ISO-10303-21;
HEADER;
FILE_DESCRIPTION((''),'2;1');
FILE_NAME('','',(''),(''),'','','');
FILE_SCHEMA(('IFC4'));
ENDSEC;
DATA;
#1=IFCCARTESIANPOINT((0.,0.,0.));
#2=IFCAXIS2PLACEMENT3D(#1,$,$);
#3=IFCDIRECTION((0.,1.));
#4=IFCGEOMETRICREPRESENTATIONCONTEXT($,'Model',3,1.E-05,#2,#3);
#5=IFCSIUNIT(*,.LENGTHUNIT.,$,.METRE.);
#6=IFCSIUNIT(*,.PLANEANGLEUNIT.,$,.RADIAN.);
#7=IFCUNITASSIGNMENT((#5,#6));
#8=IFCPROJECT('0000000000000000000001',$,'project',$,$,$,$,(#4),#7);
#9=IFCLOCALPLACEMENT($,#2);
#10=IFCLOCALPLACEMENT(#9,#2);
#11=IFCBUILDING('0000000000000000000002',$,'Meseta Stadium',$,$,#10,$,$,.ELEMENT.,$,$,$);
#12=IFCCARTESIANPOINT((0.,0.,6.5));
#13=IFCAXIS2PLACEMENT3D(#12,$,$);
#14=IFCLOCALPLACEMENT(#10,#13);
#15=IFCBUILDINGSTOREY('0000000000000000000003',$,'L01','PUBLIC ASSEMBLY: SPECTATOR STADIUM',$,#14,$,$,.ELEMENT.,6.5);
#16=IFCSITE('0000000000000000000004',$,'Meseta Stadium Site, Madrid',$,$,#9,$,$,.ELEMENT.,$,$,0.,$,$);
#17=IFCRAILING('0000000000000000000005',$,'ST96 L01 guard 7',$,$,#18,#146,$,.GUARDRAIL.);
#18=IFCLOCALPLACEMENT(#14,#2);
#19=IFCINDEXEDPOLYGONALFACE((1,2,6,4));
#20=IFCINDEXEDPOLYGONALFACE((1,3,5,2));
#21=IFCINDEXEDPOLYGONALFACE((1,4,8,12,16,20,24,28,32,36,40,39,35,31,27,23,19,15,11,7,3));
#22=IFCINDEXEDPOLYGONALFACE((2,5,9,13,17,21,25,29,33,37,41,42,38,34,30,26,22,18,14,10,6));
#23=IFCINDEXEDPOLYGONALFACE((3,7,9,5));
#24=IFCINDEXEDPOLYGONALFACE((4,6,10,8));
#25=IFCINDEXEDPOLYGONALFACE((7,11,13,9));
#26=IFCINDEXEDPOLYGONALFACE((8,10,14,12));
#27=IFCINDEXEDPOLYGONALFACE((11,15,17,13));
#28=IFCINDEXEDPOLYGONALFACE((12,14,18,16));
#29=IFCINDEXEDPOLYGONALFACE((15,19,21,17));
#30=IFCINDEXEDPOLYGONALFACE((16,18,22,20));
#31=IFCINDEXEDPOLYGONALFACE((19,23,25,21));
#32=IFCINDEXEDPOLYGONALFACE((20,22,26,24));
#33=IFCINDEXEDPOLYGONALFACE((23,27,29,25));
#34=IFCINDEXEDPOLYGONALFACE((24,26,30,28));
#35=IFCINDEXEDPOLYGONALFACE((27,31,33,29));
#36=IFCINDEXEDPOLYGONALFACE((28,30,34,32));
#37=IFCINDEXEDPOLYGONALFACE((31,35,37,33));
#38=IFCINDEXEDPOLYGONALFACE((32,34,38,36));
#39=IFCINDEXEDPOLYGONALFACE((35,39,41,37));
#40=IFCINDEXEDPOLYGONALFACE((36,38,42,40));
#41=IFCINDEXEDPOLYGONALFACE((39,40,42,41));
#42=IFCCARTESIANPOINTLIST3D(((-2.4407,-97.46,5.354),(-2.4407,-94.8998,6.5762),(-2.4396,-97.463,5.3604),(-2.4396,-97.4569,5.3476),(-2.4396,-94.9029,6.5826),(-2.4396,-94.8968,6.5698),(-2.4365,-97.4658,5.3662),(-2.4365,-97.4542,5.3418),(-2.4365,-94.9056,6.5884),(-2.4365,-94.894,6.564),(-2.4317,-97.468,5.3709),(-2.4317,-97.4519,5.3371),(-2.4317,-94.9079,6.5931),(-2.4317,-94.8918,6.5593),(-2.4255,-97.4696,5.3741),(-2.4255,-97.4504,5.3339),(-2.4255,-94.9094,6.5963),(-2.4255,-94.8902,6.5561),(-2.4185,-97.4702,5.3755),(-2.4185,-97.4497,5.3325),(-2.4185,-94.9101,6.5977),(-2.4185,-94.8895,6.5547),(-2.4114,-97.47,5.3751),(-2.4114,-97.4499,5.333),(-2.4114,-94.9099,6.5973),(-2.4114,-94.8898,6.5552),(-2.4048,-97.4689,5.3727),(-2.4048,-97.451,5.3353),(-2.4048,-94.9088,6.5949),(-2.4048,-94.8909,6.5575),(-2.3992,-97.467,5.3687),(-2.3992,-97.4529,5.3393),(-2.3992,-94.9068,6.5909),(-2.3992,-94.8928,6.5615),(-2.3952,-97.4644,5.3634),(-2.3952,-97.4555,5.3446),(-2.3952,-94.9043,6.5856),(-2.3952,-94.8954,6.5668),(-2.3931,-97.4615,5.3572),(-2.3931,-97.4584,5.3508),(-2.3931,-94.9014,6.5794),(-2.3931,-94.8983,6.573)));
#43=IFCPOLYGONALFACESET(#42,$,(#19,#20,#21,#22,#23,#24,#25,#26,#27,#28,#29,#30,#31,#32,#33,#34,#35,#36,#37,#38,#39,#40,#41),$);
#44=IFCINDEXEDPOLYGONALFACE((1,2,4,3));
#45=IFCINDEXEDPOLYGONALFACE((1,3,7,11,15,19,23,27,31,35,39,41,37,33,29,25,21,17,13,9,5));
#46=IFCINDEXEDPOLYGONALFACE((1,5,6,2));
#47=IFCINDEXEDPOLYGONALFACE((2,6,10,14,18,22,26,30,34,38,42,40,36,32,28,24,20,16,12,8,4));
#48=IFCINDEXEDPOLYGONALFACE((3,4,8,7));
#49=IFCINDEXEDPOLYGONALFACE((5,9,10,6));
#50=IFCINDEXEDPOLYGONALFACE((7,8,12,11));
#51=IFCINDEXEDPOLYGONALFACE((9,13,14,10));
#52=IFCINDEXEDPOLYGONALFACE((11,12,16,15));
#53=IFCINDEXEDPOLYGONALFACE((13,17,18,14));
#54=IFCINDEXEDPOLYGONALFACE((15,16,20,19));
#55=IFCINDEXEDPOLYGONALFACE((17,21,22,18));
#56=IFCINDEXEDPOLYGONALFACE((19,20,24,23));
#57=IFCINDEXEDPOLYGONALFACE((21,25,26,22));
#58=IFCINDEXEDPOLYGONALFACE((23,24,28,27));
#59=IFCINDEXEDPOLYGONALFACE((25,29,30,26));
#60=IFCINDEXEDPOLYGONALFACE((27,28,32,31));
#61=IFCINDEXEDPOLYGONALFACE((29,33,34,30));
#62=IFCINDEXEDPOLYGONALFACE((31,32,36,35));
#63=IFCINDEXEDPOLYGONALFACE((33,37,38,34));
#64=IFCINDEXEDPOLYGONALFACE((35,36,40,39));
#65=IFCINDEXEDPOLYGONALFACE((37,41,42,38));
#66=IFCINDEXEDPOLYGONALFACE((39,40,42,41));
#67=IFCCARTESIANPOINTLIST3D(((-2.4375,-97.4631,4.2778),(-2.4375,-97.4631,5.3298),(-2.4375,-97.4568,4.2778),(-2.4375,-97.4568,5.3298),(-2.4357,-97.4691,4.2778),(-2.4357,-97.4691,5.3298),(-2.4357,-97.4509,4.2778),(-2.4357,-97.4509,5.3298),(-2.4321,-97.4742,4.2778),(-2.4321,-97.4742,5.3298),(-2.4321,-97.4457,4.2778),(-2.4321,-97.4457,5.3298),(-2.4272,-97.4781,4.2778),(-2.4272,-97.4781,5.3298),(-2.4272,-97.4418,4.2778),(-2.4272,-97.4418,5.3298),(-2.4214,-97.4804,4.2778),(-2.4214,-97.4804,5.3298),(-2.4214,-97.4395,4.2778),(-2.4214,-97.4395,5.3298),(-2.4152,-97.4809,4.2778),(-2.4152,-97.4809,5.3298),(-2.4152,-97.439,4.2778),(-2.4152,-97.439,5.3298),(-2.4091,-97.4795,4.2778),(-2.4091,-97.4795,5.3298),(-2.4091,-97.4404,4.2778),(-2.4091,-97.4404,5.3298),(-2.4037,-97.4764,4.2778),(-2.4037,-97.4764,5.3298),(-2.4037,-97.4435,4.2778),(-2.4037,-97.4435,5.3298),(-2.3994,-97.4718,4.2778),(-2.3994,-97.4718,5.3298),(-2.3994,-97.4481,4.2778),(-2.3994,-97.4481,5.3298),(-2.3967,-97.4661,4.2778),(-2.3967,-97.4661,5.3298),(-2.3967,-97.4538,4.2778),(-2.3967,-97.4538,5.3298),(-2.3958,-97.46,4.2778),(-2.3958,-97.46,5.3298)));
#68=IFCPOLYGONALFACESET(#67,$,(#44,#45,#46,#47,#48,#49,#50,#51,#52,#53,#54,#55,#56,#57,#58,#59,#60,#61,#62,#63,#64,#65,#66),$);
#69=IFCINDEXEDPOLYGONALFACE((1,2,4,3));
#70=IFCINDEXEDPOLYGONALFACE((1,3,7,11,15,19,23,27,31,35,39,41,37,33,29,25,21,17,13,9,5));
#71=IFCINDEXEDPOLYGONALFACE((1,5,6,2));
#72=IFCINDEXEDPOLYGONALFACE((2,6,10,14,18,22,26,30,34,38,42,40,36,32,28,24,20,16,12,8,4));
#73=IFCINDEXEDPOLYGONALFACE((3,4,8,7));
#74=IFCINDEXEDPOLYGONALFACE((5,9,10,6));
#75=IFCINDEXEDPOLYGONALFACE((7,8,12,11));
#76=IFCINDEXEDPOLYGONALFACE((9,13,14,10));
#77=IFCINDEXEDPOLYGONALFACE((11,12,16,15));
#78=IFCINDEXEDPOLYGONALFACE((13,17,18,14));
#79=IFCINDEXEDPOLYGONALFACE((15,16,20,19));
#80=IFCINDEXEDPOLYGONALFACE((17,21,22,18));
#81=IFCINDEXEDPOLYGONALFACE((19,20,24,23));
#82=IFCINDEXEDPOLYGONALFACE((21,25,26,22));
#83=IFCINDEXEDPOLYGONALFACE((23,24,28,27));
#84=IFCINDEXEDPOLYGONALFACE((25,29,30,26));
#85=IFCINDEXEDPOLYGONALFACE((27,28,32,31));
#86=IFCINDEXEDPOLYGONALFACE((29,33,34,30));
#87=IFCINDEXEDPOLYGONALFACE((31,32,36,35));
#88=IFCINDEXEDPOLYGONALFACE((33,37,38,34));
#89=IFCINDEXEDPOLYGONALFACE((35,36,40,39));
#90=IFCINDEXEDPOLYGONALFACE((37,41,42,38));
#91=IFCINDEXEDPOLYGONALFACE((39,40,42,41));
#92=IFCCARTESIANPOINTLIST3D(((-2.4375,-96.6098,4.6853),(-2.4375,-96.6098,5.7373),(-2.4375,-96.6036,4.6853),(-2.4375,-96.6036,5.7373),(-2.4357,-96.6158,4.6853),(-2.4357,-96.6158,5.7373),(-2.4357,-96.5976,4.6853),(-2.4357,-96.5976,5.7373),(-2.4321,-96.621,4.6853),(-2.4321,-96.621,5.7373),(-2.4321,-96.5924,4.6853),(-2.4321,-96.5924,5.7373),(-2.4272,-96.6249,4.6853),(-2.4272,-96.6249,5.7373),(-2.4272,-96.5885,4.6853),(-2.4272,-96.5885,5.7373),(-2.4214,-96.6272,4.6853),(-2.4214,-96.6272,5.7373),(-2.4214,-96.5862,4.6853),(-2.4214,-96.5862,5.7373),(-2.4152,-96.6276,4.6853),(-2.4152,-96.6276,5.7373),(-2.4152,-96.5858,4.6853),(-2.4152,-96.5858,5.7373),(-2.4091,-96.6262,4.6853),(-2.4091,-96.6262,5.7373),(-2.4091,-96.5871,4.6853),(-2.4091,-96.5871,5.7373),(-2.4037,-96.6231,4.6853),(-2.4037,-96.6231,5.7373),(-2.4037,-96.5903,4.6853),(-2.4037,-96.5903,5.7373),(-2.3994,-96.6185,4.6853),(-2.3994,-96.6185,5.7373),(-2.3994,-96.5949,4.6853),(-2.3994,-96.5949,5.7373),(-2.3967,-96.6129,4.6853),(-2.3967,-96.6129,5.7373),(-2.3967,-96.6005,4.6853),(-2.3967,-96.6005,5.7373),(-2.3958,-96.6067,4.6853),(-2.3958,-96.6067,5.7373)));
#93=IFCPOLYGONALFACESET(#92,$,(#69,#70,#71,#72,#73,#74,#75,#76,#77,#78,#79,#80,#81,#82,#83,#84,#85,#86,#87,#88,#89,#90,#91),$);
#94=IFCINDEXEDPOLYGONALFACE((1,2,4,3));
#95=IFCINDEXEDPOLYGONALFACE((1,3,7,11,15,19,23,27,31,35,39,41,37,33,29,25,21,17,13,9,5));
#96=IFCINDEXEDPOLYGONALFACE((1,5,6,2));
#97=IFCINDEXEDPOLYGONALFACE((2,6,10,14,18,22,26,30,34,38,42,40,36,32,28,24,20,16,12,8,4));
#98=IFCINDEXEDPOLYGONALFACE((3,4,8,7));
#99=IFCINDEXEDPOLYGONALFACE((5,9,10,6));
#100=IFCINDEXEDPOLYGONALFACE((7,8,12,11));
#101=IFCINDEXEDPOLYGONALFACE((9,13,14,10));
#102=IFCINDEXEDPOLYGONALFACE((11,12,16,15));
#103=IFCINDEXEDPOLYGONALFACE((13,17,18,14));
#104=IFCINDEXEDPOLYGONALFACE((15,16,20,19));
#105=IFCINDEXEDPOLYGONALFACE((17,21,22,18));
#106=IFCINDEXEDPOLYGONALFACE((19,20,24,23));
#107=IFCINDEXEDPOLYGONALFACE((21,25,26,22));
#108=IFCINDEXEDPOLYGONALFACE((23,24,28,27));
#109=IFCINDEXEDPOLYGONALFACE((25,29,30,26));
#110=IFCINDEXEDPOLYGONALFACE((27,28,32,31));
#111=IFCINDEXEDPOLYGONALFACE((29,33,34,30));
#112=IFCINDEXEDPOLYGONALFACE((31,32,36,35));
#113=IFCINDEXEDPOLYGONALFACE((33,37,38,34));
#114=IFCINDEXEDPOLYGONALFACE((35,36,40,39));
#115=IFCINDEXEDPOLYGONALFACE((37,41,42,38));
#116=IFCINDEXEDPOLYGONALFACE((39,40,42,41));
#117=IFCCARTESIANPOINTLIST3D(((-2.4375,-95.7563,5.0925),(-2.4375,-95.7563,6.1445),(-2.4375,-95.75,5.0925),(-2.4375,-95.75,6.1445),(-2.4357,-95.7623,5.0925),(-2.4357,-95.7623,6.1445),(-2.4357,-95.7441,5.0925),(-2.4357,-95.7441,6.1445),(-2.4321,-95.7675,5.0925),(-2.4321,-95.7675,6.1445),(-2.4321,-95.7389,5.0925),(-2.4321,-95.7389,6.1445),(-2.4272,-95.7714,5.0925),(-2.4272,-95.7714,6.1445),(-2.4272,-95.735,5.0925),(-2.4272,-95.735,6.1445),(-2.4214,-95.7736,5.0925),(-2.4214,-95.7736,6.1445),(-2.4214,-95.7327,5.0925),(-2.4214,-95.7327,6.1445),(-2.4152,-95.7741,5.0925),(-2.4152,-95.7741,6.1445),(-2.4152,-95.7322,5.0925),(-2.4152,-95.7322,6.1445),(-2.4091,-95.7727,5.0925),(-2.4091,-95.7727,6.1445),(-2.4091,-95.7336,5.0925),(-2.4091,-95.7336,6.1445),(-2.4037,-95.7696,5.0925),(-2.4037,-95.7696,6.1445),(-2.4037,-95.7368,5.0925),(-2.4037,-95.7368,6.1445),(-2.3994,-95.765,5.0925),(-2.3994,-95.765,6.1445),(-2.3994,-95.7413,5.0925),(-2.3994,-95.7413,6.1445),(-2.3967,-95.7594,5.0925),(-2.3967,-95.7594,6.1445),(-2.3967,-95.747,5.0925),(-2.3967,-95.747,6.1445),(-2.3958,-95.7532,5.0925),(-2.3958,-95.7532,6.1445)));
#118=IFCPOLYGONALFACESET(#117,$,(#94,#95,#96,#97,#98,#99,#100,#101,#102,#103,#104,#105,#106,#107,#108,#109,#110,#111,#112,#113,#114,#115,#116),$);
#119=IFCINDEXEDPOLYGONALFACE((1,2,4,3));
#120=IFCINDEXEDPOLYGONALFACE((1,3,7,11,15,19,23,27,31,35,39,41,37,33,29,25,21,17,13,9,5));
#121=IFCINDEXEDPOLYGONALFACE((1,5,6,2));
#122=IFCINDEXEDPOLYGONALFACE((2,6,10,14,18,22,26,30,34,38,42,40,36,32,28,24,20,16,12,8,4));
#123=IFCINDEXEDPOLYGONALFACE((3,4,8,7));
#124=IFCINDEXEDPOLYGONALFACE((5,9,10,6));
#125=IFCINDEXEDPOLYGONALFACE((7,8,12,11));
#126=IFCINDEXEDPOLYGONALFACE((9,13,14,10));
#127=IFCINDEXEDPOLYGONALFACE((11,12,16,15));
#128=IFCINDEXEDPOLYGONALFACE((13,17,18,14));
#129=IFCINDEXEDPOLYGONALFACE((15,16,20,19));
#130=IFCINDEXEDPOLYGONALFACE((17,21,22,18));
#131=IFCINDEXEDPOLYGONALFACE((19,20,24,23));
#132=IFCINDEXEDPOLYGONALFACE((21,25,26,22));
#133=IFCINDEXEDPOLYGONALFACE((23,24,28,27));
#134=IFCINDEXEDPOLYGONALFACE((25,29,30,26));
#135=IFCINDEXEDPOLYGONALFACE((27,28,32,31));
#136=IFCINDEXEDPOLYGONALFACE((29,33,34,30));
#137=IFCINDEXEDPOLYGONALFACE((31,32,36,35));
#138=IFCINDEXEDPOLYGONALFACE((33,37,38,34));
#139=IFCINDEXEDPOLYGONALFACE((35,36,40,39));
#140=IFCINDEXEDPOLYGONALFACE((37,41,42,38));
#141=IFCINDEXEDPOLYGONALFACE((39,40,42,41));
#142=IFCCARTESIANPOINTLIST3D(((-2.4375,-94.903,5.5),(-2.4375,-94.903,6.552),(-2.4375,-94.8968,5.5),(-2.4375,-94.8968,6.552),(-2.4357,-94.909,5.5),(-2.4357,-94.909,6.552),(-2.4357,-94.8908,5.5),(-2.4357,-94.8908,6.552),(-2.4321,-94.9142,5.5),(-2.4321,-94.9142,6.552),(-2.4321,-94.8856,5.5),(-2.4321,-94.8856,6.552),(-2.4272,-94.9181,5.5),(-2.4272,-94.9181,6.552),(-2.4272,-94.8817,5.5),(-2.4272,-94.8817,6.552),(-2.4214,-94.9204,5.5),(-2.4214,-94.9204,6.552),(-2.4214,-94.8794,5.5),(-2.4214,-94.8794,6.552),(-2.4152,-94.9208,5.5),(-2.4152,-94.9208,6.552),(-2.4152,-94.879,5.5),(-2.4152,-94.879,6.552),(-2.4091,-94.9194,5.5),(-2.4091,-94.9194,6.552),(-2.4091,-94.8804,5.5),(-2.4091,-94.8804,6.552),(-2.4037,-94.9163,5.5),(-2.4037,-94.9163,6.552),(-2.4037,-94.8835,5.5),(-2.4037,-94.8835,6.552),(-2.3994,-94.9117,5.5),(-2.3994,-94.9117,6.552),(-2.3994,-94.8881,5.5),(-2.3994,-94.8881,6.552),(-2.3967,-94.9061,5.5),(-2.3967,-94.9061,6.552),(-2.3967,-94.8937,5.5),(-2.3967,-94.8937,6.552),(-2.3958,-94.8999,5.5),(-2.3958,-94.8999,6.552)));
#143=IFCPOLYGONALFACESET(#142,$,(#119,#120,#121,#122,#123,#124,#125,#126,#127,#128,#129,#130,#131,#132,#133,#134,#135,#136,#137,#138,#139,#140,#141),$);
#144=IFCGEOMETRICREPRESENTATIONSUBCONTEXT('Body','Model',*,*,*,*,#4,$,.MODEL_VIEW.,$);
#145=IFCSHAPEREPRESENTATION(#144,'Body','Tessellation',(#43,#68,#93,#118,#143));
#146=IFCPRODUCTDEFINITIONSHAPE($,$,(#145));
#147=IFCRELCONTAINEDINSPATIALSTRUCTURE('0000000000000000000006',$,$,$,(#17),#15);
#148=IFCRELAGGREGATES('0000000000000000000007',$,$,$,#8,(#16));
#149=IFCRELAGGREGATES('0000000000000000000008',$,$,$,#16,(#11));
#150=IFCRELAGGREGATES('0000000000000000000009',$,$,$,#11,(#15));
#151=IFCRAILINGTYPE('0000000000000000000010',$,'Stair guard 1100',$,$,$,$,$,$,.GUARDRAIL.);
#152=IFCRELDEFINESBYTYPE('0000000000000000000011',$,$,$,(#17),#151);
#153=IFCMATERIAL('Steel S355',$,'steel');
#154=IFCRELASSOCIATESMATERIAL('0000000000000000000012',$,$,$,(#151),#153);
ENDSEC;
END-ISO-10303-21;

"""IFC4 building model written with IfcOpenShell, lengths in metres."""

from ifc_helpers import new_model, si_unit, direction, frame, origin, origin_2d, place, context, subcontext, project, spatial, circle, extrude, material, type_object, element, save


model = new_model("IFC4")

# Units and contexts
model_context = context("Model", 3, precision=1e-05, world=origin(), true_north=direction((0.0, 1.0)))
body_context = subcontext(model_context, "Body", "Model", "MODEL_VIEW")
ifc_project = project(units=[si_unit("LENGTHUNIT", "METRE"), si_unit("PLANEANGLEUNIT", "RADIAN")], contexts=[model_context])

# Site, building, storey
site_placement = place(None, origin())
site = spatial("IfcSite", under=ifc_project, at=site_placement, Name="Meseta Stadium Site, Madrid", CompositionType="ELEMENT", RefElevation=0.0)
building_placement = place(site_placement, origin())
building = spatial("IfcBuilding", under=site, at=building_placement, Name="Meseta Stadium", CompositionType="ELEMENT")
storey_placement = place(building_placement, frame((0.0, 0.0, 6.5)))
storey = spatial("IfcBuildingStorey", under=building, at=storey_placement, Name="L01", Description="PUBLIC ASSEMBLY: SPECTATOR STADIUM", CompositionType="ELEMENT", Elevation=6.5)

# Railing
ifc_material_1 = material(Name="Steel S355", Category="steel")
railing_type_1 = type_object("IfcRailingType", Name="Stair guard 1100", PredefinedType="GUARDRAIL", material=ifc_material_1)
railing_1_placement = place(storey_placement, frame((-2.4167, -97.46, 4.2778)))
element("IfcRailing", 1, at=railing_1_placement, inside=storey, type_object=railing_type_1, Name="ST96 L01 guard 7", PredefinedType="GUARDRAIL", context=body_context, shape_type="SweptSolid", body=[
    extrude(circle(Radius=0.0239, at=origin_2d()), frame((0.0, 0.0, 1.0762), z_axis=(0.0, 0.902437, 0.430822), x_axis=(-1.0, 0.0, 0.0)), (0.0, 0.0, 1.0), 2.8369),
    extrude(circle(Radius=0.021, at=origin_2d()), origin(), (0.0, 0.0, 1.0), 1.052),
    extrude(circle(Radius=0.021, at=origin_2d()), frame((0.0, 0.8533, 0.4075)), (0.0, 0.0, 1.0), 1.052),
    extrude(circle(Radius=0.021, at=origin_2d()), frame((0.0, 1.7068, 0.8147)), (0.0, 0.0, 1.0), 1.052),
    extrude(circle(Radius=0.021, at=origin_2d()), frame((0.0, 2.5601, 1.2222)), (0.0, 0.0, 1.0), 1.052),
])

save(model, "model.ifc")
